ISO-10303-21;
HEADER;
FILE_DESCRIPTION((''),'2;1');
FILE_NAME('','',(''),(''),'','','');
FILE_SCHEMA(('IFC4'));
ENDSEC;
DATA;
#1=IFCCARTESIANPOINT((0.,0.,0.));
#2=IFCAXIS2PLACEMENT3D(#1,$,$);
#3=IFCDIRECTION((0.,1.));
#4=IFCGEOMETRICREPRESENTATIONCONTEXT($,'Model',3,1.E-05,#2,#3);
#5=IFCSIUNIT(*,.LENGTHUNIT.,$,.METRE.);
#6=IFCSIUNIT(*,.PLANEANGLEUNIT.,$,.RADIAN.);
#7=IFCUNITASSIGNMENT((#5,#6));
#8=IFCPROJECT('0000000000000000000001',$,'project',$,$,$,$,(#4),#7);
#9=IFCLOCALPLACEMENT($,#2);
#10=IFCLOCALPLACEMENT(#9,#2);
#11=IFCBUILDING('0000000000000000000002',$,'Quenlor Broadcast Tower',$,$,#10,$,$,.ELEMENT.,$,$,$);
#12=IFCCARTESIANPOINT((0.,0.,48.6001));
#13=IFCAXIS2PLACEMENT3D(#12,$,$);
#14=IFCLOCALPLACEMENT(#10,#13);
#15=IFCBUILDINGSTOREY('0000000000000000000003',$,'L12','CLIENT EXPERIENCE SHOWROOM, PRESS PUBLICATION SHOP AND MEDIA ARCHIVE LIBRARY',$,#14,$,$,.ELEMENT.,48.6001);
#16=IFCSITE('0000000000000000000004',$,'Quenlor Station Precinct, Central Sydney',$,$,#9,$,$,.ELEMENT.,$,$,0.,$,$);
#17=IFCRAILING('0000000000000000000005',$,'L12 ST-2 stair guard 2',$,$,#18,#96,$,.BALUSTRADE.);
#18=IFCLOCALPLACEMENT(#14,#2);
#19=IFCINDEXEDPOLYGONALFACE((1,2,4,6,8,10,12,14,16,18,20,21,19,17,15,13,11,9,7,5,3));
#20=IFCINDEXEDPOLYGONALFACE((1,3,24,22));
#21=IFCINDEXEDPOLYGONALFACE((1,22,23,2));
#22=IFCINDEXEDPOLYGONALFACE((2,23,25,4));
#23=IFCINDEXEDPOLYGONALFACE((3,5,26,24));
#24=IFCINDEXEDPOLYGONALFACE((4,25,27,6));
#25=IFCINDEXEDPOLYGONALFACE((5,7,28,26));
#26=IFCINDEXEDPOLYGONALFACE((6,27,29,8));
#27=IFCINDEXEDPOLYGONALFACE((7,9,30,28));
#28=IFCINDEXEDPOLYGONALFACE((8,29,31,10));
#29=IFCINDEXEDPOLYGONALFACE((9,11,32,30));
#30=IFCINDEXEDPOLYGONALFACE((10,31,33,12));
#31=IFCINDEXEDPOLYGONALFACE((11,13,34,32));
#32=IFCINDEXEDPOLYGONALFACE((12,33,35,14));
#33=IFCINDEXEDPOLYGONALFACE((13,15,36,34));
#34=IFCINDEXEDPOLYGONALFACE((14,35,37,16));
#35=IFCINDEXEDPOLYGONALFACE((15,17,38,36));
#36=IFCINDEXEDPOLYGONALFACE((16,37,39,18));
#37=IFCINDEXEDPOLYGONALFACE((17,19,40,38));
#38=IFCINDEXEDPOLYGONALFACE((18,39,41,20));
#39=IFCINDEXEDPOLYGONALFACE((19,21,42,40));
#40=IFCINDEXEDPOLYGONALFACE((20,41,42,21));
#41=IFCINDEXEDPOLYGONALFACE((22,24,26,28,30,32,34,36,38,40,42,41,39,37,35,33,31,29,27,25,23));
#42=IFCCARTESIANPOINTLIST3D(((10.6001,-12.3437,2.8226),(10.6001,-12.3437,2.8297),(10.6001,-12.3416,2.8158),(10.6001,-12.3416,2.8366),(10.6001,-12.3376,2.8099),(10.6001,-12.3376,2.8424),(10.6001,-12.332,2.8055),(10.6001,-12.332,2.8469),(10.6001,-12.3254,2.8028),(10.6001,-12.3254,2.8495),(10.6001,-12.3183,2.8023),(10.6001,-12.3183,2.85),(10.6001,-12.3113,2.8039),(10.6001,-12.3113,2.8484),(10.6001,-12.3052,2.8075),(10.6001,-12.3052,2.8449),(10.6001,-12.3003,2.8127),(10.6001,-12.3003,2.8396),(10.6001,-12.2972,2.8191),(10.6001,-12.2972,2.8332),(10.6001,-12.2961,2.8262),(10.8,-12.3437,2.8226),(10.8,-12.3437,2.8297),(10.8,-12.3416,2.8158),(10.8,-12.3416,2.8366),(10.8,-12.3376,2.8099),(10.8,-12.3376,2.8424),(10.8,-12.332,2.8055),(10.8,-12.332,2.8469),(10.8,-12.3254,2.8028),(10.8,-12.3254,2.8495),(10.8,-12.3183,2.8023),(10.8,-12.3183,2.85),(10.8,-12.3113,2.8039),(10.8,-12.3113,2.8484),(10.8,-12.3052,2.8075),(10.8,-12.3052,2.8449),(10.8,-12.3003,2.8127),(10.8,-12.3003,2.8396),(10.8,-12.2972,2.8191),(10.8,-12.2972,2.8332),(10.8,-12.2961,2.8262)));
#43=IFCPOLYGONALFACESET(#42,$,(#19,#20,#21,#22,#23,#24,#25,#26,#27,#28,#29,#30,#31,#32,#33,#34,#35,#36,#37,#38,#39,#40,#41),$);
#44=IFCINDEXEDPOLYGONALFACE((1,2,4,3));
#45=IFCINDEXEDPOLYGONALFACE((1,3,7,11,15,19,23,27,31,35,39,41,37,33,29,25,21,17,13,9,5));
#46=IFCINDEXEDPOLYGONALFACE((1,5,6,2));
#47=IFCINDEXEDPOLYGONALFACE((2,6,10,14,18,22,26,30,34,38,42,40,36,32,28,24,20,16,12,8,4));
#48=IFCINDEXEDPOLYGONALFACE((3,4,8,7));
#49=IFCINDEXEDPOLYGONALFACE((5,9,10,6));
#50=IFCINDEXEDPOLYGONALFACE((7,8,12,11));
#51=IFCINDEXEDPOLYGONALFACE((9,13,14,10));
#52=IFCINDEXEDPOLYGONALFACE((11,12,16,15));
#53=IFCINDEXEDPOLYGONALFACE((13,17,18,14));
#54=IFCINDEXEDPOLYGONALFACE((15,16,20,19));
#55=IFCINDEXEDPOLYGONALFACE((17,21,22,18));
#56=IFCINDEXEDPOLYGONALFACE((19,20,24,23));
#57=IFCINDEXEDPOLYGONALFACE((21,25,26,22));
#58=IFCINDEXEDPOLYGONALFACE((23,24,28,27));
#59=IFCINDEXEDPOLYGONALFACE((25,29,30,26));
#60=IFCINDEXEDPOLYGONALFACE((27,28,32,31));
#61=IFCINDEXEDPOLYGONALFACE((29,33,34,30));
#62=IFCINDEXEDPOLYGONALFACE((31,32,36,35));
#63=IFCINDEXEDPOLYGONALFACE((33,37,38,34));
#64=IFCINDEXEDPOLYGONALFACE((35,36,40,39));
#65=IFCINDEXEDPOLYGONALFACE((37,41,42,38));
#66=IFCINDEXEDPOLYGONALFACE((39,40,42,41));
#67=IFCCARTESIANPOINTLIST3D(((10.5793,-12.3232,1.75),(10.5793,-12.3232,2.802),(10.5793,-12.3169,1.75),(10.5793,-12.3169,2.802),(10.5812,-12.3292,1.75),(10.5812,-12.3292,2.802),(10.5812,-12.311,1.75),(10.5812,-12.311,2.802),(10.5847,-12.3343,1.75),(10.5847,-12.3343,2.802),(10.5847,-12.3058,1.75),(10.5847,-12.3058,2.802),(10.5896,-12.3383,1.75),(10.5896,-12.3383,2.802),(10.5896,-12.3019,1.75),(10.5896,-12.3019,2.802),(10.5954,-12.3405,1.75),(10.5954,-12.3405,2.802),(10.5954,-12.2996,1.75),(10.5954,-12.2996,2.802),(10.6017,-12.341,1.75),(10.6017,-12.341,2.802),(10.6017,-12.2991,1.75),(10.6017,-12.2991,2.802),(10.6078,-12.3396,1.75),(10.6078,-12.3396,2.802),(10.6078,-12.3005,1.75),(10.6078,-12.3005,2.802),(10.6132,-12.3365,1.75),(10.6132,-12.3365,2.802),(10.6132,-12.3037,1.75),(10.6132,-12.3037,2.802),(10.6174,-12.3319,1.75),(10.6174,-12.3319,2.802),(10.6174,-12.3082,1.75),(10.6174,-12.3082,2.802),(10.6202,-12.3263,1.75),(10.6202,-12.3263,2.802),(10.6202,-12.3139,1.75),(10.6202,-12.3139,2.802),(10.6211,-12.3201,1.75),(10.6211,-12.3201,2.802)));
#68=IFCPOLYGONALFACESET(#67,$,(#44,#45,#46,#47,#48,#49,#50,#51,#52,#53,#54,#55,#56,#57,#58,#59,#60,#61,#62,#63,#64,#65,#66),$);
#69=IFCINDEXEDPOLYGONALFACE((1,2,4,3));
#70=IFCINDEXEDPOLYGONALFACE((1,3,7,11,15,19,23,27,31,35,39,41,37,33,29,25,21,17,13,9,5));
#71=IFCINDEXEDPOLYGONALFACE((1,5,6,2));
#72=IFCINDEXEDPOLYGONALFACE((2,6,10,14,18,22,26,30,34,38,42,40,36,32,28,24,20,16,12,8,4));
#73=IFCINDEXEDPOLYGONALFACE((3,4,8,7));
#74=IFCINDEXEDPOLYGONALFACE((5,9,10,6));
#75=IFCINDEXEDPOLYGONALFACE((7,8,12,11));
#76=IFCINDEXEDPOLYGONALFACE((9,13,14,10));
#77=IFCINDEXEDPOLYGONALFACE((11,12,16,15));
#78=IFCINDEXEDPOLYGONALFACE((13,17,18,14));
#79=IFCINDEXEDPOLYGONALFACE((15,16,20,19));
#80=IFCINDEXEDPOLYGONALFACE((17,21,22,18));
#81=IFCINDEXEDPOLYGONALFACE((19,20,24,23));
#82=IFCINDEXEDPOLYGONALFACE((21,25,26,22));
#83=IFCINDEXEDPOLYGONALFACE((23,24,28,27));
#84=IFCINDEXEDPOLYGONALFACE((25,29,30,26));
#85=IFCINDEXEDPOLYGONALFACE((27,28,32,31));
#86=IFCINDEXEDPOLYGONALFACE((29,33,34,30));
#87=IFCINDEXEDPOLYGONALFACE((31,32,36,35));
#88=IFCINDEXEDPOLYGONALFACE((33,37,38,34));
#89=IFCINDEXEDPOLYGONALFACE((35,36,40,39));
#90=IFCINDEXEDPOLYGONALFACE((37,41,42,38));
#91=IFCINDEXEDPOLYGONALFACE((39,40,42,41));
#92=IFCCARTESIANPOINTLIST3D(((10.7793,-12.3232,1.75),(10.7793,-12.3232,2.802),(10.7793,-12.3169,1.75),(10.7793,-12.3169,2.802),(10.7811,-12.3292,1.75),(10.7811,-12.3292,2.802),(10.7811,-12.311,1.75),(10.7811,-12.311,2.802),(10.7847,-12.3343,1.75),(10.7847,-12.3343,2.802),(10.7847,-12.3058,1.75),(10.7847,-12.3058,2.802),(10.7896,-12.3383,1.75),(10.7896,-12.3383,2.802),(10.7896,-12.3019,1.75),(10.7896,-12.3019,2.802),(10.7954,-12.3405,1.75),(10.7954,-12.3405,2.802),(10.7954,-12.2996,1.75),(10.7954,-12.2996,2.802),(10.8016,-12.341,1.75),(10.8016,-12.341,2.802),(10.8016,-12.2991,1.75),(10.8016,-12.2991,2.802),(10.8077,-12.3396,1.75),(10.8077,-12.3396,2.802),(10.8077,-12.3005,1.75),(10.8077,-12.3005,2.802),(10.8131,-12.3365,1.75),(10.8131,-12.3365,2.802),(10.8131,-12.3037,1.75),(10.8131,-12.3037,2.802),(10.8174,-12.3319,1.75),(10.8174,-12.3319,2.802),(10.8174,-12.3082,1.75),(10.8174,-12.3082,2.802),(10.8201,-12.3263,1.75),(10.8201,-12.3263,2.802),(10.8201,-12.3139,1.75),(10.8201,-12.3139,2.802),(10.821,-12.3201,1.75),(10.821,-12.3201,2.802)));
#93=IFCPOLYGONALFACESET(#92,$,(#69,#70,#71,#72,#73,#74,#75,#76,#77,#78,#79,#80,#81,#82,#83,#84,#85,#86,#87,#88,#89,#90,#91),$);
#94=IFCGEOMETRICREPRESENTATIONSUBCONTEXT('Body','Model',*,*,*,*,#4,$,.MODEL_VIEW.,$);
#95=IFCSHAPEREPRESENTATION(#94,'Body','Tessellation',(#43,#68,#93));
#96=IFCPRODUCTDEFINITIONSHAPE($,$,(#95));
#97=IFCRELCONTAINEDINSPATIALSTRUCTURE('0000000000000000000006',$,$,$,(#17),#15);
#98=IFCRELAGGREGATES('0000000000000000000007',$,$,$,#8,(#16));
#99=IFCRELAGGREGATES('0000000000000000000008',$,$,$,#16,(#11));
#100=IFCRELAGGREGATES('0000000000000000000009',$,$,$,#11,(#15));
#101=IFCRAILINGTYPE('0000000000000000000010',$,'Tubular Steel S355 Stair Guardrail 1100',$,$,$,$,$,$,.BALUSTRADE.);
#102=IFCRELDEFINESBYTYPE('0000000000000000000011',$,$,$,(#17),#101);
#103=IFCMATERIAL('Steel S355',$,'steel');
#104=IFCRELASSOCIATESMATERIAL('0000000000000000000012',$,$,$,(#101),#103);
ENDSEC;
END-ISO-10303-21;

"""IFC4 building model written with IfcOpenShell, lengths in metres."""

from ifc_helpers import new_model, si_unit, direction, frame, origin, origin_2d, place, context, subcontext, project, spatial, circle, extrude, material, type_object, element, save


model = new_model("IFC4")

# Units and contexts
model_context = context("Model", 3, precision=1e-05, world=origin(), true_north=direction((0.0, 1.0)))
body_context = subcontext(model_context, "Body", "Model", "MODEL_VIEW")
ifc_project = project(units=[si_unit("LENGTHUNIT", "METRE"), si_unit("PLANEANGLEUNIT", "RADIAN")], contexts=[model_context])

# Site, building, storey
site_placement = place(None, origin())
site = spatial("IfcSite", under=ifc_project, at=site_placement, Name="Quenlor Station Precinct, Central Sydney", CompositionType="ELEMENT", RefElevation=0.0)
building_placement = place(site_placement, origin())
building = spatial("IfcBuilding", under=site, at=building_placement, Name="Quenlor Broadcast Tower", CompositionType="ELEMENT")
storey_placement = place(building_placement, frame((0.0, 0.0, 48.6001)))
storey = spatial("IfcBuildingStorey", under=building, at=storey_placement, Name="L12", Description="CLIENT EXPERIENCE SHOWROOM, PRESS PUBLICATION SHOP AND MEDIA ARCHIVE LIBRARY", CompositionType="ELEMENT", Elevation=48.6001)

# Railing
ifc_material_1 = material(Name="Steel S355", Category="steel")
railing_type_1 = type_object("IfcRailingType", Name="Tubular Steel S355 Stair Guardrail 1100", PredefinedType="BALUSTRADE", material=ifc_material_1)
railing_1_placement = place(storey_placement, frame((10.6001, -12.3201, 1.75)))
element("IfcRailing", 1, at=railing_1_placement, inside=storey, type_object=railing_type_1, Name="L12 ST-2 stair guard 2", PredefinedType="BALUSTRADE", context=body_context, shape_type="SweptSolid", body=[
    extrude(circle(Radius=0.0239, at=origin_2d()), frame((0.0, 0.0, 1.0762), z_axis=(1.0, 0.0, 0.0), x_axis=(0.0, 1.0, 0.0)), (0.0, 0.0, 1.0), 0.2),
    extrude(circle(Radius=0.021, at=origin_2d()), origin(), (0.0, 0.0, 1.0), 1.052),
    extrude(circle(Radius=0.021, at=origin_2d()), frame((0.2, 0.0, 0.0)), (0.0, 0.0, 1.0), 1.052),
])

save(model, "model.ifc")
